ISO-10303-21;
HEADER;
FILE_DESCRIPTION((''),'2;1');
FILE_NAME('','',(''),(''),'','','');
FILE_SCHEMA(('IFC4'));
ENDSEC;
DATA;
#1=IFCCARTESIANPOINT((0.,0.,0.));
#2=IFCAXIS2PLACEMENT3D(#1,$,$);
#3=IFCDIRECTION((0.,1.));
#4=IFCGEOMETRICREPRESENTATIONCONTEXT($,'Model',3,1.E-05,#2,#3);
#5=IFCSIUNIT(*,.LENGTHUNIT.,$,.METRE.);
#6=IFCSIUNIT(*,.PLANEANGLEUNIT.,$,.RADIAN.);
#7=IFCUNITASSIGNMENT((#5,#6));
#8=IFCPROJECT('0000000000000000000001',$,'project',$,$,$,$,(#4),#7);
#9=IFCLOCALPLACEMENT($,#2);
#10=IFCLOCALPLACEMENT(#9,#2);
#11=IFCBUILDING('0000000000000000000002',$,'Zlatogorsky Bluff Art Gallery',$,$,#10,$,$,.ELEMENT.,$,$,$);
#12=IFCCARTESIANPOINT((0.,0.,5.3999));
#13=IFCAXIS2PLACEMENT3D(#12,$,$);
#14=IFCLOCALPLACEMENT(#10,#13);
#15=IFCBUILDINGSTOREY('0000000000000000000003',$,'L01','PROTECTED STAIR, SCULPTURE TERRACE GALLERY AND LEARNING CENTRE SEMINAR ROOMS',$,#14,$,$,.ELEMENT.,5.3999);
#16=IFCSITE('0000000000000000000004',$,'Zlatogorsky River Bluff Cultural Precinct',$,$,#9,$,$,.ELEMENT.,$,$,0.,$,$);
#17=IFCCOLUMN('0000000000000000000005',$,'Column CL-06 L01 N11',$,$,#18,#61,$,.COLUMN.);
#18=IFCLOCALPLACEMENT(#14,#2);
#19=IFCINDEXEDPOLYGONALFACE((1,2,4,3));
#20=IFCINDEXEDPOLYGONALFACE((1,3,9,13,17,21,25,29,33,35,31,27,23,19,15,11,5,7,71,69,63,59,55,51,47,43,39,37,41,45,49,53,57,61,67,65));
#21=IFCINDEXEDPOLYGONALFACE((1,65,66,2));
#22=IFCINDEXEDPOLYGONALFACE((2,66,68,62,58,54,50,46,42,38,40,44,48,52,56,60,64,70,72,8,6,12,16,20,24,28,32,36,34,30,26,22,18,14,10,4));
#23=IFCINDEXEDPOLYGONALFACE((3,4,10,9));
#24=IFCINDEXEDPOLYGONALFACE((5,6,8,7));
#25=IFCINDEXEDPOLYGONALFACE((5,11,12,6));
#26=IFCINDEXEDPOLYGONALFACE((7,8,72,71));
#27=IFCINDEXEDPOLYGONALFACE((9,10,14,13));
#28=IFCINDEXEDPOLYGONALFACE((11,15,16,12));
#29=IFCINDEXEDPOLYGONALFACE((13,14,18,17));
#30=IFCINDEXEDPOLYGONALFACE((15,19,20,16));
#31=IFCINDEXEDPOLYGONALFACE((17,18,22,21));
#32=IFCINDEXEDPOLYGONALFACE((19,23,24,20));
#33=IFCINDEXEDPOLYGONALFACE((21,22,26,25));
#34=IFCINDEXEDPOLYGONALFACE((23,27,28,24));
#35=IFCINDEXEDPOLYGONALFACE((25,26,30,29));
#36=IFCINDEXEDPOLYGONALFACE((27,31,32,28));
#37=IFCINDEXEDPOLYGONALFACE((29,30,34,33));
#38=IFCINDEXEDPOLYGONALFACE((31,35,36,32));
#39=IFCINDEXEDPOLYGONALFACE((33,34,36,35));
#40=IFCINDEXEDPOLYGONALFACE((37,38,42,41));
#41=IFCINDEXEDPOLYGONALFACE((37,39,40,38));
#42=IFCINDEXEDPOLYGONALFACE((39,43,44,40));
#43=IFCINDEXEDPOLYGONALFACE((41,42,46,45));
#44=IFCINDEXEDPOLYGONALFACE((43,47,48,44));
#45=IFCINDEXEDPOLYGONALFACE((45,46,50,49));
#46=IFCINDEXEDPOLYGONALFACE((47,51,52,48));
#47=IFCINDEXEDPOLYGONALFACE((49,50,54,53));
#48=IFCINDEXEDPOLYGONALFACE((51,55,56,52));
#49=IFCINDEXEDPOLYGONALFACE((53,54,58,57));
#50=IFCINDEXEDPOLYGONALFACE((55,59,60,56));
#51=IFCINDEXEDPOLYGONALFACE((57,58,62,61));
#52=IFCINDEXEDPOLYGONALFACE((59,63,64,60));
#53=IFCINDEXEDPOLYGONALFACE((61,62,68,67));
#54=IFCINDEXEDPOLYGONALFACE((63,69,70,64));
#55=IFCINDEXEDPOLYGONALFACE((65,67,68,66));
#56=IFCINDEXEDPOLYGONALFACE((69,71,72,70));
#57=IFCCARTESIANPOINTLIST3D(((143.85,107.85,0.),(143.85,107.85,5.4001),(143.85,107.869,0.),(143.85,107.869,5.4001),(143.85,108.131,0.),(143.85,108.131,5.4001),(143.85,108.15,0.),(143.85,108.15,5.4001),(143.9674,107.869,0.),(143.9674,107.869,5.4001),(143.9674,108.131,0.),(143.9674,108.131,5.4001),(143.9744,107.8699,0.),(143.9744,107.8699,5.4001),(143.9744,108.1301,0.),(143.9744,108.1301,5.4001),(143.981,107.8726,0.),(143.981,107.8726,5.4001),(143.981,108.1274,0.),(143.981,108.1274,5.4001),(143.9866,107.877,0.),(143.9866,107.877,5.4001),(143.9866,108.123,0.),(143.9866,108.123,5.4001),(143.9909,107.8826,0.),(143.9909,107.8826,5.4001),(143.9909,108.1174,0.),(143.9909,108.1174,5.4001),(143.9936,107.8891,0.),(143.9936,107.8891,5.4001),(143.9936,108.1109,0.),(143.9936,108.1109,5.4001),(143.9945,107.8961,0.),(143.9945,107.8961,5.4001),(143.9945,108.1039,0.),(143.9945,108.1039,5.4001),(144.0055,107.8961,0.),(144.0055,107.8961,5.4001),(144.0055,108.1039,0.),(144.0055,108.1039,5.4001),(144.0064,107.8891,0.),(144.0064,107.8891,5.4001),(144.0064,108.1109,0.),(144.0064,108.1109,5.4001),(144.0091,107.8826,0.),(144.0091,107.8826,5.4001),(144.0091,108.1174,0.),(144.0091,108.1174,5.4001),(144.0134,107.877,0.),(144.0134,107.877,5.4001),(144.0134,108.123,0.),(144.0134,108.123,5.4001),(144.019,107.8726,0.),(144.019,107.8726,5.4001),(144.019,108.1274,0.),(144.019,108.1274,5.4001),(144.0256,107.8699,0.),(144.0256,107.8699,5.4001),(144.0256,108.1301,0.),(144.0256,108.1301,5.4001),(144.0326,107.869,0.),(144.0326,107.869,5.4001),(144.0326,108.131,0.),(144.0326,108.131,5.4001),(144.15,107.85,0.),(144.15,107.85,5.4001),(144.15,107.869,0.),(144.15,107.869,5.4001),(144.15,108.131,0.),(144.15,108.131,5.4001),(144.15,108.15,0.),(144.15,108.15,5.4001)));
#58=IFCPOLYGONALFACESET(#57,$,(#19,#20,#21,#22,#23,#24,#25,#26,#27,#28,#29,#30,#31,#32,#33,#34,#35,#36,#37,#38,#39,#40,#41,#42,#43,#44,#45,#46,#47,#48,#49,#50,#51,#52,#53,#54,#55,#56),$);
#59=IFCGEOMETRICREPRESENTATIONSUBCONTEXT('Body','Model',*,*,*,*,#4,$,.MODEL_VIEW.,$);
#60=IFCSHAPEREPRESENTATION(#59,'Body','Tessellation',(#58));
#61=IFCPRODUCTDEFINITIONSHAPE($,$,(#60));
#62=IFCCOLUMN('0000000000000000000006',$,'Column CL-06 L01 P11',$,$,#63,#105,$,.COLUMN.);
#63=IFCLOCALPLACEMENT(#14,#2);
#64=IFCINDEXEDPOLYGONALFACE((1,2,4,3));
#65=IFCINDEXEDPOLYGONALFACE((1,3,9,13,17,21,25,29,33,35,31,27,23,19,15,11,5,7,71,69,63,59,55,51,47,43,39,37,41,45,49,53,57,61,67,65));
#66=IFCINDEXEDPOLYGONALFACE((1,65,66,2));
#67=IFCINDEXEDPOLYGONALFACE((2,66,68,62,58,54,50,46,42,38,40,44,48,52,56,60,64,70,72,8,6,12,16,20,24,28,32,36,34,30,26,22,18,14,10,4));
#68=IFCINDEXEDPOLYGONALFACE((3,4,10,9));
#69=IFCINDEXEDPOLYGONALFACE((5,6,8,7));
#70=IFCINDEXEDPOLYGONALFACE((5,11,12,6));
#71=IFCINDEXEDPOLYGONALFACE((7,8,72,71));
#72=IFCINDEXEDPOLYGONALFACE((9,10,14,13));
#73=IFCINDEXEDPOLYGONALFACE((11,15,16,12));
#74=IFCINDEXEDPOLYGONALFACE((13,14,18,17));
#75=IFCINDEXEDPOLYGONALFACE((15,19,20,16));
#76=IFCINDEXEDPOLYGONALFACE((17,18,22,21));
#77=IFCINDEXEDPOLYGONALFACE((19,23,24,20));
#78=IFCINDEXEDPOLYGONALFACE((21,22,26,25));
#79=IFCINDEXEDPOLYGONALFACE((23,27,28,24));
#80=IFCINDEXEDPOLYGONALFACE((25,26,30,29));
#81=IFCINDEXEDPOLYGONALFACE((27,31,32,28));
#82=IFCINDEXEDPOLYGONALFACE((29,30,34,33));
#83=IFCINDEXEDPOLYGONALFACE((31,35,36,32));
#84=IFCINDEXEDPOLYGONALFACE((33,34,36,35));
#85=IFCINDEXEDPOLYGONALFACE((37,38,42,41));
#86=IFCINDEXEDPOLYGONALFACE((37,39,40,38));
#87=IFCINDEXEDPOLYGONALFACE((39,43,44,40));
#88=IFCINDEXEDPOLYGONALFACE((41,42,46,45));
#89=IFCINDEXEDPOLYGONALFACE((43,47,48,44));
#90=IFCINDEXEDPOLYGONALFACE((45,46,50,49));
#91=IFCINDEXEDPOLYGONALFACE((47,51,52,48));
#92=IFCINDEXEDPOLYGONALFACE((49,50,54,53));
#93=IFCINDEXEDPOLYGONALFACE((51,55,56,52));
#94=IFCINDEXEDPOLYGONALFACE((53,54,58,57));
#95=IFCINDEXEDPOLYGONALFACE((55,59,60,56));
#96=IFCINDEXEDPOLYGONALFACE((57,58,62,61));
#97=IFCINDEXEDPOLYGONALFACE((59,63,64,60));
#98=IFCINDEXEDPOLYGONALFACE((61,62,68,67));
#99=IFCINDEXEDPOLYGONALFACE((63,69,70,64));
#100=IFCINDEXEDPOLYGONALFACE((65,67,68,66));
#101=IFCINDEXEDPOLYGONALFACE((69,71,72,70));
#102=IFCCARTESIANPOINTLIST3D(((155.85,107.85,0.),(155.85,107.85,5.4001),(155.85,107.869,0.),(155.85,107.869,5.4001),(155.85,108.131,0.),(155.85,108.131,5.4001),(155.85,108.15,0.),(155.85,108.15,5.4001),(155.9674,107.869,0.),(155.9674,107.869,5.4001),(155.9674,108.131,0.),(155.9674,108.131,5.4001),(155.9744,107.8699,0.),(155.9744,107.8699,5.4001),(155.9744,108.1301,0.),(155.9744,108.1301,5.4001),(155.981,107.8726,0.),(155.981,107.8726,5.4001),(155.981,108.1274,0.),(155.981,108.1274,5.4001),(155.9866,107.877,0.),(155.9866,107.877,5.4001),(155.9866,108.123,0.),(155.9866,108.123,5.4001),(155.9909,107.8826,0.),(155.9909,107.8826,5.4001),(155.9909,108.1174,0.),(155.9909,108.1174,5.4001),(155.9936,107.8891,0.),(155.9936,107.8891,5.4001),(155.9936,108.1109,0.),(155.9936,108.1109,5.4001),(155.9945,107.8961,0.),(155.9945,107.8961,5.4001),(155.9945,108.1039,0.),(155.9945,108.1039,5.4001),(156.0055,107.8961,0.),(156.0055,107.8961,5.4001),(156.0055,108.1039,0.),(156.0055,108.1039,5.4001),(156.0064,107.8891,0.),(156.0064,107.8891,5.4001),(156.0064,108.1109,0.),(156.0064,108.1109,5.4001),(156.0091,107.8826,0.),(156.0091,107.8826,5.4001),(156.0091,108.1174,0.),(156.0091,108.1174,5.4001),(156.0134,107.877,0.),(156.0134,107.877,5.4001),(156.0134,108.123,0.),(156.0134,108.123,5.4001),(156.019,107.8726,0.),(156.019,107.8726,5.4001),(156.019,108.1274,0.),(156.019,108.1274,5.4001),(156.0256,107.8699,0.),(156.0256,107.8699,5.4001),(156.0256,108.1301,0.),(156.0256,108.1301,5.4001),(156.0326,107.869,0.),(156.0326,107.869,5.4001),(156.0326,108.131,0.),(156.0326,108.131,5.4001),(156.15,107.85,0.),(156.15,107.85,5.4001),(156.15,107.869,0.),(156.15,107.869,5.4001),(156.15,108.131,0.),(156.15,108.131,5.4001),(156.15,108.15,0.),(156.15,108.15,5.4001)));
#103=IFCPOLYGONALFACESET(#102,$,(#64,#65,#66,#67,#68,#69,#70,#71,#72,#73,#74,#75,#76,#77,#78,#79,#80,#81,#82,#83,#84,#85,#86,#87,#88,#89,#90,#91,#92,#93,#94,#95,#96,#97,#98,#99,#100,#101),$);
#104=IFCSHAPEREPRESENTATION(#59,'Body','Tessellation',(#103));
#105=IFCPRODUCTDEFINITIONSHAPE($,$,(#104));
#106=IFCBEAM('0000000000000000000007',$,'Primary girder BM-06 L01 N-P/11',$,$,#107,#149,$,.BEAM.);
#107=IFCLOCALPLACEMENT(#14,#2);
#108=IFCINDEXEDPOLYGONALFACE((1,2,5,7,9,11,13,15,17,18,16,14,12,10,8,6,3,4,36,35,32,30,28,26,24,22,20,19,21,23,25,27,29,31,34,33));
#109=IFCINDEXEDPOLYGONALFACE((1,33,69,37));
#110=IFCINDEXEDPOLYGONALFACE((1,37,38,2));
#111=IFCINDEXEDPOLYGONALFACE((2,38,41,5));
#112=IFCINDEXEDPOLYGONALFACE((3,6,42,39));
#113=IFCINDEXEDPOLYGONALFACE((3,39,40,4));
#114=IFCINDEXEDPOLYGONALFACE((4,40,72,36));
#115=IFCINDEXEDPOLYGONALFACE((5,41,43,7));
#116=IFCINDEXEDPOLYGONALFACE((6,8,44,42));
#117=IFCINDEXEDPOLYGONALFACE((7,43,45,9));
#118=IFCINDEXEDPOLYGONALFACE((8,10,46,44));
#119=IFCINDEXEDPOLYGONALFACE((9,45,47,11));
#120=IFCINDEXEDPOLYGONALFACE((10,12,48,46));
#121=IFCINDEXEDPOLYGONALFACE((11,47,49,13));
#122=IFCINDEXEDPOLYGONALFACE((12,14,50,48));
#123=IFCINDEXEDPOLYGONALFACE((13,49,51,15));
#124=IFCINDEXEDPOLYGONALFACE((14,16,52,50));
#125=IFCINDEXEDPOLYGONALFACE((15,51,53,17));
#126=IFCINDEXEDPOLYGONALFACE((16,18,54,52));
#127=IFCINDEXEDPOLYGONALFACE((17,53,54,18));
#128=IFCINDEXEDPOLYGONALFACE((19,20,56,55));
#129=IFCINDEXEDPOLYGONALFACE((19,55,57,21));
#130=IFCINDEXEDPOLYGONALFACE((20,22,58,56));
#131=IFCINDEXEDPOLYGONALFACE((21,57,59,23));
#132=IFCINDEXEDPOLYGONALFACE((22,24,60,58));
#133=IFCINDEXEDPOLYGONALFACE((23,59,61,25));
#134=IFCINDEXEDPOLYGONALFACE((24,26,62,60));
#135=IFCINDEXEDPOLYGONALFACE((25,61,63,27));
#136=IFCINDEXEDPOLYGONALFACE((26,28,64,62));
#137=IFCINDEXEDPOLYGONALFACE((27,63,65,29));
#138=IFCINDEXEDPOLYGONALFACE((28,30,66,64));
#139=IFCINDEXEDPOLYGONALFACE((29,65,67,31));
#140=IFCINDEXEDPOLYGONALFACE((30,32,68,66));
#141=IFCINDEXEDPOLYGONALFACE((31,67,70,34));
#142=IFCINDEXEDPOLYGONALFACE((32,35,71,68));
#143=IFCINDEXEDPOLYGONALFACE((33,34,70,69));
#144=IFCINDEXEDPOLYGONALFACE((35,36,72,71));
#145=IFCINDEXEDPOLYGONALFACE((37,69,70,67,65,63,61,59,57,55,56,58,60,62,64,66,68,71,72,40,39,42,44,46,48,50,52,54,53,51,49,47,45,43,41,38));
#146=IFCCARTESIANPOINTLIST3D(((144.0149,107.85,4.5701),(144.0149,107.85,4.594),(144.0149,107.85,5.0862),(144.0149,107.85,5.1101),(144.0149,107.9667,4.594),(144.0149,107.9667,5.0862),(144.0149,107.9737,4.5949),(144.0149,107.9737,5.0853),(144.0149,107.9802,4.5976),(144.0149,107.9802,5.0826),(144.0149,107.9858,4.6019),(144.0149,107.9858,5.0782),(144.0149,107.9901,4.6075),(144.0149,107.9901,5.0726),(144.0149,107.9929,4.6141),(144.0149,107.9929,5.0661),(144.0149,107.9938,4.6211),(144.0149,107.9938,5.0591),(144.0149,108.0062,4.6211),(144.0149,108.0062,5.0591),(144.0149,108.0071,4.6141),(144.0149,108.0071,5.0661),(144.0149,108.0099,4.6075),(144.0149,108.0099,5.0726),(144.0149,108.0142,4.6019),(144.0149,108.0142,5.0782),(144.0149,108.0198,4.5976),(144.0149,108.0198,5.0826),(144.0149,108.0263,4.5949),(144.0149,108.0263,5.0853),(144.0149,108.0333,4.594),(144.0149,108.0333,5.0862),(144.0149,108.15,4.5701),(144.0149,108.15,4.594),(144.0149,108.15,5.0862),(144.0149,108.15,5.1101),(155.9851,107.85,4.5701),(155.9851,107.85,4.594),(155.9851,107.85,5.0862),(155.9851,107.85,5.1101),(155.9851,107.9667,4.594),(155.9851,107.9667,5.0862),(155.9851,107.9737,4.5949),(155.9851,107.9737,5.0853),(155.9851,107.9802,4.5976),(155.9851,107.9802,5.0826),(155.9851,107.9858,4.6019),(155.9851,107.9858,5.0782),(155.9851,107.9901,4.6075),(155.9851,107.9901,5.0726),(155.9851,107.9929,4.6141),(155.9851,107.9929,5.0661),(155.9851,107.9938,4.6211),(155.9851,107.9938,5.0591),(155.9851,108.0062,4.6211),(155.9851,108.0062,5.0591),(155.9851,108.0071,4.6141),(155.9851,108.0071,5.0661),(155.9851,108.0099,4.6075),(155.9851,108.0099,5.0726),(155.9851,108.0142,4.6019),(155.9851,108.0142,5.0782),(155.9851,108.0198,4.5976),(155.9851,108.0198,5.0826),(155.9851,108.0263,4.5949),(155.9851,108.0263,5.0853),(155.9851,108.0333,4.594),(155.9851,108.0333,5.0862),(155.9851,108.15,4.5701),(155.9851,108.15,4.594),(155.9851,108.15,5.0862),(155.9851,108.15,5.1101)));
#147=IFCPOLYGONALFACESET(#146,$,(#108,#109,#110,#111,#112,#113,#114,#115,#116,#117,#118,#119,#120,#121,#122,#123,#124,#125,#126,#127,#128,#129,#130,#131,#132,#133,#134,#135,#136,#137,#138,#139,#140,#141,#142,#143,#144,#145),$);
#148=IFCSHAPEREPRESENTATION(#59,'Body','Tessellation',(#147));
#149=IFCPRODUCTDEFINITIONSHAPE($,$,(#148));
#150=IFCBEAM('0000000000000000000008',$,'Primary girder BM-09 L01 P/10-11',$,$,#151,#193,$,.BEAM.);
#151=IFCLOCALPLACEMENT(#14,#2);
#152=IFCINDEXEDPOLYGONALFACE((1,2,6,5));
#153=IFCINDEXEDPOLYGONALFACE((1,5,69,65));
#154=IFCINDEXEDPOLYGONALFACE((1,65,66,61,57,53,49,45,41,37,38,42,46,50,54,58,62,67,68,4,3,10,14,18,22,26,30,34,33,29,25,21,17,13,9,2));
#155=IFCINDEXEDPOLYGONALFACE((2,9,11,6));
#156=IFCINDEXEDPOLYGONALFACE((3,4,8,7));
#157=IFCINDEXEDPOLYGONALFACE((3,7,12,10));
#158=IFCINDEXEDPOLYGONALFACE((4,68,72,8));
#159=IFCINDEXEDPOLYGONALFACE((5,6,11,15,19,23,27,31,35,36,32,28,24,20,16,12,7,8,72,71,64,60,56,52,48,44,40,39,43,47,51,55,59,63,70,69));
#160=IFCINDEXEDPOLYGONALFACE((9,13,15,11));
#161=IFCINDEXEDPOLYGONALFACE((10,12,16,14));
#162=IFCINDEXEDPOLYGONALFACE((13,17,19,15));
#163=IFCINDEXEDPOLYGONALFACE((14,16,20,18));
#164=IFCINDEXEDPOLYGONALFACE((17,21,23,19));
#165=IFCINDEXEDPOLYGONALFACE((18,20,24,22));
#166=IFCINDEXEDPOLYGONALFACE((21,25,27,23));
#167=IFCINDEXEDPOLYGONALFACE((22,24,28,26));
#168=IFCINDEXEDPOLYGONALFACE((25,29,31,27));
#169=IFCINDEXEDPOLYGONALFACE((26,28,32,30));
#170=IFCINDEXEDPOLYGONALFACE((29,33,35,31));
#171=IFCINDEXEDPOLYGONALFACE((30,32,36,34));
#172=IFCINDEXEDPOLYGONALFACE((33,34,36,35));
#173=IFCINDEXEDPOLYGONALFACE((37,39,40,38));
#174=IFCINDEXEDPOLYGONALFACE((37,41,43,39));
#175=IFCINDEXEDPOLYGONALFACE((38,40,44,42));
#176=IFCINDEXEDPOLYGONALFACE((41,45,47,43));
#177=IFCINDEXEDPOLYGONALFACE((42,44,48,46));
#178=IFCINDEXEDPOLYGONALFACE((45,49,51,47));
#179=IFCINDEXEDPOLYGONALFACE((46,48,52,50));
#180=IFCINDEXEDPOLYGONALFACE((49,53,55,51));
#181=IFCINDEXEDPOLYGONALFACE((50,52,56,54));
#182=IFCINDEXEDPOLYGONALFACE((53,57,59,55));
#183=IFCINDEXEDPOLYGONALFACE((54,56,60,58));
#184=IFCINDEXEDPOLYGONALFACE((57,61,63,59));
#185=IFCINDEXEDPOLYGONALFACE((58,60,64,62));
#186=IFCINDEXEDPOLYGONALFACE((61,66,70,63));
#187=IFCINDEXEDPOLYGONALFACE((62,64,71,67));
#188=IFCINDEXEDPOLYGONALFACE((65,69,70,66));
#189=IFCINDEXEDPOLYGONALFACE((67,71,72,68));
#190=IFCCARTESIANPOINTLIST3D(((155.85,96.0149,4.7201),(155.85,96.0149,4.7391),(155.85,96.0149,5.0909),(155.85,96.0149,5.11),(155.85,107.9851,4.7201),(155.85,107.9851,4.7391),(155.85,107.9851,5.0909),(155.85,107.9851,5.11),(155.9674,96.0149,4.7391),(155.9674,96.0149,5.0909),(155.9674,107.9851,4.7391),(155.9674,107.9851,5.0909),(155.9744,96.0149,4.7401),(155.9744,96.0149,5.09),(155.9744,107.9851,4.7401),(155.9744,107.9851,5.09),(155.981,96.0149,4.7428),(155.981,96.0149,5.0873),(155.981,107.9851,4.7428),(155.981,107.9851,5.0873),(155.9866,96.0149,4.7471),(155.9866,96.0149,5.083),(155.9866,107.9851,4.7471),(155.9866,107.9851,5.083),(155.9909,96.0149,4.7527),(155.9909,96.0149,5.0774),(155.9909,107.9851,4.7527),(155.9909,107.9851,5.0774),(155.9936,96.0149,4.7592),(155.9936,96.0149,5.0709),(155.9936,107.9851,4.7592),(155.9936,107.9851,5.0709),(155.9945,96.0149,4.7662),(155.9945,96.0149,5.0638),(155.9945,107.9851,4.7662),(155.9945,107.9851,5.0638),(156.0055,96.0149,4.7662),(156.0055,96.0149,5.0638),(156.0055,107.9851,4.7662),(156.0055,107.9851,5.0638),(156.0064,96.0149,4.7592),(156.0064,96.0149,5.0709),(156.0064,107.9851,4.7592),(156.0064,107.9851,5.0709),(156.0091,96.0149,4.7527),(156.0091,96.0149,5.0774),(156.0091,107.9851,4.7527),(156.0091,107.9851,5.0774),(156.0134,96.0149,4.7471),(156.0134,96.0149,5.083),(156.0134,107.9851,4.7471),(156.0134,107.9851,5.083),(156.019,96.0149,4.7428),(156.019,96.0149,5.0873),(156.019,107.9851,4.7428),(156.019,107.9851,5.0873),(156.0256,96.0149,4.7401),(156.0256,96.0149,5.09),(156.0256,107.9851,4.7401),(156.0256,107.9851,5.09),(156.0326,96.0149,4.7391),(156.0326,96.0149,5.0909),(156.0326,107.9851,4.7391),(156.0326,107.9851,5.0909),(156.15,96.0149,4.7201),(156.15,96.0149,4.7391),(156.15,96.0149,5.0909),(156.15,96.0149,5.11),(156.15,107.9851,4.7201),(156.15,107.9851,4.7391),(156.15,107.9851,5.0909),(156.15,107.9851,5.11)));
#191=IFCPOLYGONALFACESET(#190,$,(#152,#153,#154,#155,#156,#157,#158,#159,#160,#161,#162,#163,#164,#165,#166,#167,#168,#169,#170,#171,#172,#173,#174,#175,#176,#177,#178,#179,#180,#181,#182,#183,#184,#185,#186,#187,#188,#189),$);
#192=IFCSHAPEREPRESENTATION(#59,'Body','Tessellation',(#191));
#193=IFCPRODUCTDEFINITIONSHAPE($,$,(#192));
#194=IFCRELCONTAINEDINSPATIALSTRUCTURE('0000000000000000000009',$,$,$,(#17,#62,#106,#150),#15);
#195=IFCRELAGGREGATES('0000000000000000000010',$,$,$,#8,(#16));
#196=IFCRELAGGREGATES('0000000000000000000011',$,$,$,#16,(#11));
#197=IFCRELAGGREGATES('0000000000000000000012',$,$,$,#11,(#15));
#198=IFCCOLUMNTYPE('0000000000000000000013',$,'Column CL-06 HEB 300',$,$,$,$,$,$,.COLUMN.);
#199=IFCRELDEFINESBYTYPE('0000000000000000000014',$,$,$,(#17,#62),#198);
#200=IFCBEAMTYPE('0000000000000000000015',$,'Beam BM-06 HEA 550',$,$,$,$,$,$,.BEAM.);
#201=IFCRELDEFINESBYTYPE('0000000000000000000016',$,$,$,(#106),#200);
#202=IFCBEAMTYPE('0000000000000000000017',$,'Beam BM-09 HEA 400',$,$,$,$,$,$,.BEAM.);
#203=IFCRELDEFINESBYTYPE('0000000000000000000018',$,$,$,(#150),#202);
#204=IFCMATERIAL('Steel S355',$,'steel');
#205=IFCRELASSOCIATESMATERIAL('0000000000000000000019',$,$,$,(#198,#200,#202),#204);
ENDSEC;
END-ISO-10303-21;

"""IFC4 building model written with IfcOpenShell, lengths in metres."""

from ifc_helpers import new_model, si_unit, direction, frame, origin, origin_2d, place, context, subcontext, project, spatial, i_section, extrude, material, material_profile, profile_set, type_object, element, save


model = new_model("IFC4")

# Units and contexts
model_context = context("Model", 3, precision=1e-05, world=origin(), true_north=direction((0.0, 1.0)))
body_context = subcontext(model_context, "Body", "Model", "MODEL_VIEW")
ifc_project = project(units=[si_unit("LENGTHUNIT", "METRE"), si_unit("PLANEANGLEUNIT", "RADIAN")], contexts=[model_context])

# Site, building, storey
site_placement = place(None, origin())
site = spatial("IfcSite", under=ifc_project, at=site_placement, Name="Zlatogorsky River Bluff Cultural Precinct", CompositionType="ELEMENT", RefElevation=0.0)
building_placement = place(site_placement, origin())
building = spatial("IfcBuilding", under=site, at=building_placement, Name="Zlatogorsky Bluff Art Gallery", CompositionType="ELEMENT")
storey_placement = place(building_placement, frame((0.0, 0.0, 5.3999)))
storey = spatial("IfcBuildingStorey", under=building, at=storey_placement, Name="L01", Description="PROTECTED STAIR, SCULPTURE TERRACE GALLERY AND LEARNING CENTRE SEMINAR ROOMS", CompositionType="ELEMENT", Elevation=5.3999)

# Columns
ifc_material_1 = material(Name="Steel S355", Category="steel")
ifc_material_profile_1 = material_profile(ifc_material_1, i_section(OverallWidth=0.3, OverallDepth=0.3, WebThickness=0.011, FlangeThickness=0.019, FilletRadius=0.0271, at=origin_2d()), Name="HEB 300")
ifc_profile_set_1 = profile_set([ifc_material_profile_1], Name="Steel S355")
column_type = type_object("IfcColumnType", Name="Column CL-06 HEB 300", PredefinedType="COLUMN", material=ifc_profile_set_1)
for number, where, z_axis, x_axis, name in (
    (1, (144.0, 108.0, 0.0), (0.0, 0.0, 1.0), (1.0, 0.0, 0.0), "Column CL-06 L01 N11"),
    (2, (156.0, 108.0, 0.0), (0.0, 0.0, 1.0), (1.0, 0.0, 0.0), "Column CL-06 L01 P11"),
):
    element("IfcColumn", number, at=place(storey_placement, frame(where, z_axis=z_axis, x_axis=x_axis)), inside=storey, type_object=column_type, Name=name, PredefinedType="COLUMN", context=body_context, shape_type="SweptSolid", body=[
        extrude(i_section(OverallWidth=0.3, OverallDepth=0.3, WebThickness=0.011, FlangeThickness=0.019, FilletRadius=0.0271, at=origin_2d()), origin(), (0.0, 0.0, 1.0), 5.4001),
    ])

# Beams
ifc_material_profile_2 = material_profile(ifc_material_1, i_section(OverallWidth=0.3, OverallDepth=0.54, WebThickness=0.0125, FlangeThickness=0.0239, FilletRadius=0.0271, at=origin_2d()), Name="HEA 550")
ifc_profile_set_2 = profile_set([ifc_material_profile_2], Name="Steel S355")
beam_type_1 = type_object("IfcBeamType", Name="Beam BM-06 HEA 550", PredefinedType="BEAM", material=ifc_profile_set_2)
beam_1_placement = place(storey_placement, frame((144.0149, 108.0, 4.8401), z_axis=(1.0, 0.0, 0.0), x_axis=(0.0, 1.0, 0.0)))
element("IfcBeam", 3, at=beam_1_placement, inside=storey, type_object=beam_type_1, Name="Primary girder BM-06 L01 N-P/11", PredefinedType="BEAM", context=body_context, shape_type="SweptSolid", body=[
    extrude(i_section(OverallWidth=0.3, OverallDepth=0.54, WebThickness=0.0125, FlangeThickness=0.0239, FilletRadius=0.0271, at=origin_2d()), origin(), (0.0, 0.0, 1.0), 11.9702),
])
ifc_material_profile_3 = material_profile(ifc_material_1, i_section(OverallWidth=0.3, OverallDepth=0.3899, WebThickness=0.011, FlangeThickness=0.019, FilletRadius=0.0271, at=origin_2d()), Name="HEA 400")
ifc_profile_set_3 = profile_set([ifc_material_profile_3], Name="Steel S355")
beam_type_2 = type_object("IfcBeamType", Name="Beam BM-09 HEA 400", PredefinedType="BEAM", material=ifc_profile_set_3)
beam_2_placement = place(storey_placement, frame((156.0, 96.0149, 4.915), z_axis=(0.0, 1.0, 0.0), x_axis=(-1.0, 0.0, 0.0)))
element("IfcBeam", 4, at=beam_2_placement, inside=storey, type_object=beam_type_2, Name="Primary girder BM-09 L01 P/10-11", PredefinedType="BEAM", context=body_context, shape_type="SweptSolid", body=[
    extrude(i_section(OverallWidth=0.3, OverallDepth=0.3899, WebThickness=0.011, FlangeThickness=0.019, FilletRadius=0.0271, at=origin_2d()), origin(), (0.0, 0.0, 1.0), 11.9702),
])

save(model, "model.ifc")
